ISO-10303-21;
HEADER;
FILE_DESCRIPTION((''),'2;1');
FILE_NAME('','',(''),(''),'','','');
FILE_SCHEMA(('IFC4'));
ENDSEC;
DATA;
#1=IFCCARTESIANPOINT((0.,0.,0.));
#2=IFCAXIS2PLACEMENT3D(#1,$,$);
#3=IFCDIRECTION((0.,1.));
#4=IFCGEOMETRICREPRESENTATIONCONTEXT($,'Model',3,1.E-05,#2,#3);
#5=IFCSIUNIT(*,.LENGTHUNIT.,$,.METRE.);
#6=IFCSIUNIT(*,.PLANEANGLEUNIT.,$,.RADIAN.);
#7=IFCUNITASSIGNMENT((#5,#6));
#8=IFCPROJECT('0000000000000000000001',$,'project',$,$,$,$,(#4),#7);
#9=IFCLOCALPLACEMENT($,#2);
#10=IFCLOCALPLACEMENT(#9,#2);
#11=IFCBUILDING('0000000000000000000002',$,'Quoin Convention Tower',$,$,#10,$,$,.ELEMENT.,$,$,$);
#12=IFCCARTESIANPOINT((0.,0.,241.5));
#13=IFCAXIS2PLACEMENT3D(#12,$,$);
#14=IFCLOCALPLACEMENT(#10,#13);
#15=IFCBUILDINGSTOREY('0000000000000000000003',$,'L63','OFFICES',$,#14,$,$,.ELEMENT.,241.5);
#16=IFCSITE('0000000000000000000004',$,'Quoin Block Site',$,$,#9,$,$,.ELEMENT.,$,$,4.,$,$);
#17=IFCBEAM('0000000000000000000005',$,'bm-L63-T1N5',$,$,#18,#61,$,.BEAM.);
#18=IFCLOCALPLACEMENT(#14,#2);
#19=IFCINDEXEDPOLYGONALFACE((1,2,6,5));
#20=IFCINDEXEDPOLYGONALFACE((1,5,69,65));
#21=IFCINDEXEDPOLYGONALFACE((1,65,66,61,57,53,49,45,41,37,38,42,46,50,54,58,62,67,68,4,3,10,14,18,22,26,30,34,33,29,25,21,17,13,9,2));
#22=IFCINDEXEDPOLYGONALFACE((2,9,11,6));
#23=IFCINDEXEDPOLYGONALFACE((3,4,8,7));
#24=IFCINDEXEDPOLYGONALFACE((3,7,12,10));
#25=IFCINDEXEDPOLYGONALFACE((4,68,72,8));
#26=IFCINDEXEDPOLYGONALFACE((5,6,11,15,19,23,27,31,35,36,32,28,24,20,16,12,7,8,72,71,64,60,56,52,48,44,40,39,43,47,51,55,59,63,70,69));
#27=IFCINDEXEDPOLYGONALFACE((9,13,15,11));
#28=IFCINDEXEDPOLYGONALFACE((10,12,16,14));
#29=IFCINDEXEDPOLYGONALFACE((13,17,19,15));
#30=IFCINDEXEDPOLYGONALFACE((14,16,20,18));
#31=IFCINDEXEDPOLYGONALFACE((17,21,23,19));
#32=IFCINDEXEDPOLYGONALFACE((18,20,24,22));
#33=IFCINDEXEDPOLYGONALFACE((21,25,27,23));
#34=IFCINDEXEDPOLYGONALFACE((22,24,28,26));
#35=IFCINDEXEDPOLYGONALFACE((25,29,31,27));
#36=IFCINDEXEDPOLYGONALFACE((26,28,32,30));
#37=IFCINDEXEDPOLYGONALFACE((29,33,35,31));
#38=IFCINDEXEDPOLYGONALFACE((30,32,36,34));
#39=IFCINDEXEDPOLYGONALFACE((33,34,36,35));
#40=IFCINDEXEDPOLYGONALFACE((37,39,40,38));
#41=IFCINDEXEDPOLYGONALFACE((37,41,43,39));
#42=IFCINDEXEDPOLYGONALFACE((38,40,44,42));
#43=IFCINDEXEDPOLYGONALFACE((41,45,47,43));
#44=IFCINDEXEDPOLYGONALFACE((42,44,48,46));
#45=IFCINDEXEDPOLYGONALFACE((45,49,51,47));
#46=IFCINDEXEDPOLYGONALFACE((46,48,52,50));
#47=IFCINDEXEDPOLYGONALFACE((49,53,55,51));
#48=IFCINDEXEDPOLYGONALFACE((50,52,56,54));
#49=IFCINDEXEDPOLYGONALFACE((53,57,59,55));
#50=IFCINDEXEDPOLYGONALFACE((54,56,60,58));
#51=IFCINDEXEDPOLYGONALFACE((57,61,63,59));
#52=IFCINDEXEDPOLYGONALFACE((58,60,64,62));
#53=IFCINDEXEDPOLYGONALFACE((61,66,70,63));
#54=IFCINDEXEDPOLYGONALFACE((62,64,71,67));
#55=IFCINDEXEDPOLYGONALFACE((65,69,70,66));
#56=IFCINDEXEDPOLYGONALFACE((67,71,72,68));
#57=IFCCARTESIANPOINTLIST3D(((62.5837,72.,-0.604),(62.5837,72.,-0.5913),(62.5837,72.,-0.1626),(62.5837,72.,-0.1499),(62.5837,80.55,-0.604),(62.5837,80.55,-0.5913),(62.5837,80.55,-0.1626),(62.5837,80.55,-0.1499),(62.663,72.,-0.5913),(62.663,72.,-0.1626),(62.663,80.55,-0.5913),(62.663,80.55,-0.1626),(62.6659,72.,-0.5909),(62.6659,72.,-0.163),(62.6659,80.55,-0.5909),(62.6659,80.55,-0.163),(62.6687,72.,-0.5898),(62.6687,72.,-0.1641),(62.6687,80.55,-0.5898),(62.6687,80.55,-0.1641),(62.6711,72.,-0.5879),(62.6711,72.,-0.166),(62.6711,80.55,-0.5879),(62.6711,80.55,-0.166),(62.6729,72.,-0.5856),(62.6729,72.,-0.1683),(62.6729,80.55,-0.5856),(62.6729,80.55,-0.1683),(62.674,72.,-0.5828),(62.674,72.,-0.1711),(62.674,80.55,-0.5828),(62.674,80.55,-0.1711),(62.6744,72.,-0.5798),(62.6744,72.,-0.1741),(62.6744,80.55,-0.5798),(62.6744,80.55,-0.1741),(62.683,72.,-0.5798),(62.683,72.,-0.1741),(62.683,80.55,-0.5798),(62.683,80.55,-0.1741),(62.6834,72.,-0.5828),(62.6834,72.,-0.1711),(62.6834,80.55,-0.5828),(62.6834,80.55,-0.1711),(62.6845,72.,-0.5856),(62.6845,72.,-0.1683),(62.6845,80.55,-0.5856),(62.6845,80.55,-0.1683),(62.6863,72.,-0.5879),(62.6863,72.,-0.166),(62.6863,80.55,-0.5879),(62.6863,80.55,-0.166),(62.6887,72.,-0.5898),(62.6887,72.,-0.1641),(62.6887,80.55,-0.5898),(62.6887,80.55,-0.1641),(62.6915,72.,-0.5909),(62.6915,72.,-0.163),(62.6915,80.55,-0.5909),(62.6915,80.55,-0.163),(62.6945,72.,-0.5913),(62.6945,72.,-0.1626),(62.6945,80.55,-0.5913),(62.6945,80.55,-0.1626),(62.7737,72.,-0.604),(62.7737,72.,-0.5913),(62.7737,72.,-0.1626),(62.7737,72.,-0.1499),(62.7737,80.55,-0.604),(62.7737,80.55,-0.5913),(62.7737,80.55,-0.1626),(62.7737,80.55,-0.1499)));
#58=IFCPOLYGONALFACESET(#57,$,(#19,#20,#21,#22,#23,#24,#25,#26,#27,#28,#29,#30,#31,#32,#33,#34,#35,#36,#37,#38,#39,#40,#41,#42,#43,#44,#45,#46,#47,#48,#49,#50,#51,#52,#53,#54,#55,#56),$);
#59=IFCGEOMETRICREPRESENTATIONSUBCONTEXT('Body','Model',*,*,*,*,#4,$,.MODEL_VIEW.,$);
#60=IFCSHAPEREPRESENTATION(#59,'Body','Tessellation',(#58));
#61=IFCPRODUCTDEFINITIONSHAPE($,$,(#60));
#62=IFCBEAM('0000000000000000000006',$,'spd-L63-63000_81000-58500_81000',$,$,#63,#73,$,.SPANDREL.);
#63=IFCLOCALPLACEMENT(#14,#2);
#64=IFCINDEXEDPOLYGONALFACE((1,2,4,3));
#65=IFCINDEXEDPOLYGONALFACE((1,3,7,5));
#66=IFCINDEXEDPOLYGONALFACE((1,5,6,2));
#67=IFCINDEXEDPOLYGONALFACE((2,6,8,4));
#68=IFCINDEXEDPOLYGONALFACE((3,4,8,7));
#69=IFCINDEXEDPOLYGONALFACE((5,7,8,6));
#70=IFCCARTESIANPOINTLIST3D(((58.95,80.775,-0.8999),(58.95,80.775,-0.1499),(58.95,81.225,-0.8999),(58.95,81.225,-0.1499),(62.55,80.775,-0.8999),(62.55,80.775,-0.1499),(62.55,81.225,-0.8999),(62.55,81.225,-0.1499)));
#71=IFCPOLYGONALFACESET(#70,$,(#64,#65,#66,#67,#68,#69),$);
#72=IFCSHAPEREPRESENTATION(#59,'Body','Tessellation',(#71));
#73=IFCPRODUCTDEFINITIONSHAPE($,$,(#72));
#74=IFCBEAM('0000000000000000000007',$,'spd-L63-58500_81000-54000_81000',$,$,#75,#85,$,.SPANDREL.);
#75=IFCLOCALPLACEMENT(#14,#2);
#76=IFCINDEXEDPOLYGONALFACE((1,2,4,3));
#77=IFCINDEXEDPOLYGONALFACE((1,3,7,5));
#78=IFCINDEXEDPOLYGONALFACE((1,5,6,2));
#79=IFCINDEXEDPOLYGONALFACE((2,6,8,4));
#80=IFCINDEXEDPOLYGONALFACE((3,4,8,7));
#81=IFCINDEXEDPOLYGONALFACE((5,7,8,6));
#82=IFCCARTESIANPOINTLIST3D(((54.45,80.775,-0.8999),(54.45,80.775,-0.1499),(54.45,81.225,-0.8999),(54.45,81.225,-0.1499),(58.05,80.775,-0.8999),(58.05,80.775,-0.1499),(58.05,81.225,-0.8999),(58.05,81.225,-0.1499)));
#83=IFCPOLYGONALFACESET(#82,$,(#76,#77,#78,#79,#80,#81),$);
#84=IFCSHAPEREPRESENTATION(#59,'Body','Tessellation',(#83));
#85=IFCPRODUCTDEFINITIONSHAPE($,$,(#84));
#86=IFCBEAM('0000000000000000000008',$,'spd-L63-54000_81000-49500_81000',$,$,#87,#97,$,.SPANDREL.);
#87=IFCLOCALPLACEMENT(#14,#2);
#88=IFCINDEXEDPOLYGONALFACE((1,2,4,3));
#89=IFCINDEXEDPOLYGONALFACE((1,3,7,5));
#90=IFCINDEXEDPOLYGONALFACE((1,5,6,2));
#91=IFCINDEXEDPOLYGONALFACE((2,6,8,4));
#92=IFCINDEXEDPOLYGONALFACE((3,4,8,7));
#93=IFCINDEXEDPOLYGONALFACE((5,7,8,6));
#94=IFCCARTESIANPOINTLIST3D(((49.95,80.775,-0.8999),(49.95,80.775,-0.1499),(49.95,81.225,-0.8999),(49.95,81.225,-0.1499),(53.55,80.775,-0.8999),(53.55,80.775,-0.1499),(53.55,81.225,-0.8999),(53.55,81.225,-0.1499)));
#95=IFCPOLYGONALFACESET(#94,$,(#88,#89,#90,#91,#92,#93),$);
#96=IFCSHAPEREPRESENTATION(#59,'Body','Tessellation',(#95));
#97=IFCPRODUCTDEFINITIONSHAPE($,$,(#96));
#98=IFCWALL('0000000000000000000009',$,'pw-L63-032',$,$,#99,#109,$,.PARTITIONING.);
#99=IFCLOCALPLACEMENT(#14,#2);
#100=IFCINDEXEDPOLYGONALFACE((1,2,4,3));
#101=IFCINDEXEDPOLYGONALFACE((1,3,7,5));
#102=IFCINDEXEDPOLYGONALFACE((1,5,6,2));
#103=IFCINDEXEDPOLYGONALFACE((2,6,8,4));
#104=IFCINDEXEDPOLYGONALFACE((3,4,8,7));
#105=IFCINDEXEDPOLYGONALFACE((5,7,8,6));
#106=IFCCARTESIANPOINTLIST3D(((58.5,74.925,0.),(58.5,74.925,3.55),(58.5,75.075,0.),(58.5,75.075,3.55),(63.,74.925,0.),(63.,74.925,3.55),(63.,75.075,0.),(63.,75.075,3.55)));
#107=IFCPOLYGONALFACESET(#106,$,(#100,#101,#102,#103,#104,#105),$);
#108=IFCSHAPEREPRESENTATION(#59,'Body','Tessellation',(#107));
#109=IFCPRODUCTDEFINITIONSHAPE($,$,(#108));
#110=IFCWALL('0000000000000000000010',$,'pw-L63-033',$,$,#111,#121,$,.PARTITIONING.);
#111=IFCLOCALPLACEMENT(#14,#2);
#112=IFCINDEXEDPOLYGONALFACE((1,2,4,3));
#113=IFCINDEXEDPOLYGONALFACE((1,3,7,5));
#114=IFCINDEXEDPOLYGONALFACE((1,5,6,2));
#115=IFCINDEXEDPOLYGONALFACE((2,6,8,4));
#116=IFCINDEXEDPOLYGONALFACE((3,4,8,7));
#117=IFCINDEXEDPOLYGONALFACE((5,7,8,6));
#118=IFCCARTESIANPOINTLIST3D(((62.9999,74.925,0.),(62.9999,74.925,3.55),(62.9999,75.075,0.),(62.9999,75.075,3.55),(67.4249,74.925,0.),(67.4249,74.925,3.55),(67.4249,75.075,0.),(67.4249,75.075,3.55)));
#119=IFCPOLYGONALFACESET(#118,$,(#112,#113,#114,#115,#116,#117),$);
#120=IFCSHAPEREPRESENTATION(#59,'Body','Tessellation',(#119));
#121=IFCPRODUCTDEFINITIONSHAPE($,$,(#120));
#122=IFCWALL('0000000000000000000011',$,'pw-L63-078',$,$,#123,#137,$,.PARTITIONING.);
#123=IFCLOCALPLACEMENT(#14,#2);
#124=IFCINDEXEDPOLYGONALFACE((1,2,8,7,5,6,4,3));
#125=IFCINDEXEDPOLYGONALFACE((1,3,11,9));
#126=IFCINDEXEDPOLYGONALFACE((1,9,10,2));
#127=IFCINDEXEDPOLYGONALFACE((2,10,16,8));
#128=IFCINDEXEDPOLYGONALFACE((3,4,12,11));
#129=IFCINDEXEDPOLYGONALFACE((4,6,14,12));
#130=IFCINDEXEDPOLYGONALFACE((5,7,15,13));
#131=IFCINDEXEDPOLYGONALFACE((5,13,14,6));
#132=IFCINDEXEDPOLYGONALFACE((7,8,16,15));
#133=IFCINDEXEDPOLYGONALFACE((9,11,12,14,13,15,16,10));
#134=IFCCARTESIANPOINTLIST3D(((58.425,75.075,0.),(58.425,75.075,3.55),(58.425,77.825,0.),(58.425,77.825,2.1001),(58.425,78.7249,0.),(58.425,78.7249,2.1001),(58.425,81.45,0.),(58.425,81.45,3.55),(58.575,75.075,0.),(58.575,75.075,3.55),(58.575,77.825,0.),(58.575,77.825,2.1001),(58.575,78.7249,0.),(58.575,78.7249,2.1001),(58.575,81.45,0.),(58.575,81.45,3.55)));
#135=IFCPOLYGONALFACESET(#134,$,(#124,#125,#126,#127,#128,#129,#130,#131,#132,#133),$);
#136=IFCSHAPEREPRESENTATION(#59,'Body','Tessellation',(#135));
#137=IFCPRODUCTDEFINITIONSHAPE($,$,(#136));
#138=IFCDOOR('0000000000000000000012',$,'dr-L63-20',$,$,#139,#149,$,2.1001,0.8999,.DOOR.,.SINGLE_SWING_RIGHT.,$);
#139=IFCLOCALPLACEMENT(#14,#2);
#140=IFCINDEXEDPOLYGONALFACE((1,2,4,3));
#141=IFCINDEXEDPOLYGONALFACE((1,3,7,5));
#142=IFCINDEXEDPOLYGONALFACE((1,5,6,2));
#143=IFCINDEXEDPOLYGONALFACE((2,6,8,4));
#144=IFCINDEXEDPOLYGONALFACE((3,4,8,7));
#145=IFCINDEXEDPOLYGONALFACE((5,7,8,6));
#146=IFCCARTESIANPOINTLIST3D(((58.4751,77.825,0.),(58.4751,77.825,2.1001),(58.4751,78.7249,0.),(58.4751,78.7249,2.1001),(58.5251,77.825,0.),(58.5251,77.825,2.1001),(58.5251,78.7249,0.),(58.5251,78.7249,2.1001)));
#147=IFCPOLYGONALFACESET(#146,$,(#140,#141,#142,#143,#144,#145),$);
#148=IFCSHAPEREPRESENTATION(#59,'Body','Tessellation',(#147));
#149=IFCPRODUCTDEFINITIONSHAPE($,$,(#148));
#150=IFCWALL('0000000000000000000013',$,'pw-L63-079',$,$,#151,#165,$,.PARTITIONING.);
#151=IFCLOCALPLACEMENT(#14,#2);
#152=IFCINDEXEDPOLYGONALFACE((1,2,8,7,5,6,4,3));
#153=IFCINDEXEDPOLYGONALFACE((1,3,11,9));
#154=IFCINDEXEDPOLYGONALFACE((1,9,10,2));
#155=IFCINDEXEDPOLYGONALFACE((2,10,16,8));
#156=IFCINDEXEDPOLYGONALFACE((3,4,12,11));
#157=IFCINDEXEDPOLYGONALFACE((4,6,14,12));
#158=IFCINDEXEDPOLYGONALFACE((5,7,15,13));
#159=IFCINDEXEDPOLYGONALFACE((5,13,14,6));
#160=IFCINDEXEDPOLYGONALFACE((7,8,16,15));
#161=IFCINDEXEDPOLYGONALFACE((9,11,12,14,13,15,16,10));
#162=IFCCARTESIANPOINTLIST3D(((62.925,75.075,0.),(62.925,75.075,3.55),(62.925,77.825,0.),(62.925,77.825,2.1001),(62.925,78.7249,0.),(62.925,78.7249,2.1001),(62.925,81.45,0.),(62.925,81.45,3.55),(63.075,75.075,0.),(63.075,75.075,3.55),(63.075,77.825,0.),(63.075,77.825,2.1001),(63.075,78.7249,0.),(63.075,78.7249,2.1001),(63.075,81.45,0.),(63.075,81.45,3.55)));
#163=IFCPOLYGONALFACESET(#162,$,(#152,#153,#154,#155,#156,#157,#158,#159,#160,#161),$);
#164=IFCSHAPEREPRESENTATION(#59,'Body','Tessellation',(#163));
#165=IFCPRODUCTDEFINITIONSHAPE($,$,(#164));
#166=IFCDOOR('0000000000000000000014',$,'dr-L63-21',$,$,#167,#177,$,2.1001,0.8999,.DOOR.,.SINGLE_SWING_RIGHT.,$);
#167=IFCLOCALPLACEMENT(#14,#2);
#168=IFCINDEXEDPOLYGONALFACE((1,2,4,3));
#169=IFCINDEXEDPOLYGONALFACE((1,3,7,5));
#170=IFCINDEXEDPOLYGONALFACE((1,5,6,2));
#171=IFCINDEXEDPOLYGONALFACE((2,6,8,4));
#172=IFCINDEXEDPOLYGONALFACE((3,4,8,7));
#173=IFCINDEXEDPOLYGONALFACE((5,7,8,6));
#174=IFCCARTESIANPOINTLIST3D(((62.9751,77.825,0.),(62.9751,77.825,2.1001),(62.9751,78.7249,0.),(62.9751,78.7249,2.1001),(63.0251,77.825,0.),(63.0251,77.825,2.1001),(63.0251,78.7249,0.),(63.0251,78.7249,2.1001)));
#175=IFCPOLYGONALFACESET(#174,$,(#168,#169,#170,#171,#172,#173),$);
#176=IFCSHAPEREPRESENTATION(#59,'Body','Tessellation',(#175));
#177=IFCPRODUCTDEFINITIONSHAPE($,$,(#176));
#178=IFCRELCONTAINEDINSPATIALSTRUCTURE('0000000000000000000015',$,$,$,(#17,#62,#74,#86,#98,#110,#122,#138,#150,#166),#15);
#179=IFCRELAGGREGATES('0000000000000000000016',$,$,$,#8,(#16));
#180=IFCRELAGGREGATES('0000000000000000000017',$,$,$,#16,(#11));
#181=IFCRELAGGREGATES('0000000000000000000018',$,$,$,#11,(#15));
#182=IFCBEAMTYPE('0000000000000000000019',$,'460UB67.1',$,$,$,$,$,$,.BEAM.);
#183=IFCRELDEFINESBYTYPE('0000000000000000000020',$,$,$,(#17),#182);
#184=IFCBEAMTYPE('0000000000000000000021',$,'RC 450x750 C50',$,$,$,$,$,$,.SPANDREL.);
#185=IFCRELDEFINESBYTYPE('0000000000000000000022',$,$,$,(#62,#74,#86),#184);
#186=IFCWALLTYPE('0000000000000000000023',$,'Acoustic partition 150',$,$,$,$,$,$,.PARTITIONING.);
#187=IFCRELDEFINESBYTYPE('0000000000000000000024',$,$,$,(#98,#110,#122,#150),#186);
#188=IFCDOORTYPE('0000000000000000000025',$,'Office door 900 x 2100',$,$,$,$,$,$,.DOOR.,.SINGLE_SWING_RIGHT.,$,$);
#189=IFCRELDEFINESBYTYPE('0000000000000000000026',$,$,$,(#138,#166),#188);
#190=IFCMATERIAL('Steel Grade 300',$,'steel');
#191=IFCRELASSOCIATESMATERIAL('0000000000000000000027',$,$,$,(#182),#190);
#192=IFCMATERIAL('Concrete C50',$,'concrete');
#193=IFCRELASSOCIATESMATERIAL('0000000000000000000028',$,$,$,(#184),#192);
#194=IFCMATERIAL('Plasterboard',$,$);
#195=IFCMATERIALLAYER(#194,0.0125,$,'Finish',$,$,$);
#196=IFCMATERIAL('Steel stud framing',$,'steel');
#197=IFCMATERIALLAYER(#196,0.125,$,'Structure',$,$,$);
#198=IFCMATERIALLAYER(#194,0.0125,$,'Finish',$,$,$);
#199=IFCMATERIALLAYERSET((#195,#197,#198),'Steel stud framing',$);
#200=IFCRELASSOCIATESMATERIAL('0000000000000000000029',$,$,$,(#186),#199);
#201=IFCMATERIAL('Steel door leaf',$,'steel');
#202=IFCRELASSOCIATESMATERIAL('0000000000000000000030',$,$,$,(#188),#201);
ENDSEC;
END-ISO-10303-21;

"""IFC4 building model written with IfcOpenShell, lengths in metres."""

from ifc_helpers import new_model, si_unit, direction, frame, frame_2d, origin, origin_2d, place, context, subcontext, project, spatial, rectangle, i_section, extrude, material, layer, layer_set, material_profile, profile_set, type_object, element, fill, save


model = new_model("IFC4")

# Units and contexts
model_context = context("Model", 3, precision=1e-05, world=origin(), true_north=direction((0.0, 1.0)))
body_context = subcontext(model_context, "Body", "Model", "MODEL_VIEW")
ifc_project = project(units=[si_unit("LENGTHUNIT", "METRE"), si_unit("PLANEANGLEUNIT", "RADIAN")], contexts=[model_context])

# Site, building, storey
site_placement = place(None, origin())
site = spatial("IfcSite", under=ifc_project, at=site_placement, Name="Quoin Block Site", CompositionType="ELEMENT", RefElevation=4.0)
building_placement = place(site_placement, origin())
building = spatial("IfcBuilding", under=site, at=building_placement, Name="Quoin Convention Tower", CompositionType="ELEMENT")
storey_placement = place(building_placement, frame((0.0, 0.0, 241.5)))
storey = spatial("IfcBuildingStorey", under=building, at=storey_placement, Name="L63", Description="OFFICES", CompositionType="ELEMENT", Elevation=241.5)

# Shared definitions
ifc_material_1 = material(Name="Concrete C50", Category="concrete")

# Beams
ifc_material_2 = material(Name="Steel Grade 300", Category="steel")
ifc_material_profile_1 = material_profile(ifc_material_2, i_section(OverallWidth=0.1899, OverallDepth=0.4541, WebThickness=0.0085, FlangeThickness=0.0127, FilletRadius=0.0115, at=origin_2d()), Name="460UB67.1")
ifc_profile_set_1 = profile_set([ifc_material_profile_1], Name="Steel Grade 300")
beam_type_1 = type_object("IfcBeamType", Name="460UB67.1", PredefinedType="BEAM", material=ifc_profile_set_1)
beam_placement = place(storey_placement, frame((62.6787, 72.0, -0.377), z_axis=(0.0, 1.0, 0.0), x_axis=(-1.0, 0.0, 0.0)))
element("IfcBeam", 1, at=beam_placement, inside=storey, type_object=beam_type_1, Name="bm-L63-T1N5", PredefinedType="BEAM", context=body_context, shape_type="SweptSolid", body=[
    extrude(i_section(OverallWidth=0.1899, OverallDepth=0.4541, WebThickness=0.0085, FlangeThickness=0.0127, FilletRadius=0.0115, at=origin_2d()), origin(), (0.0, 0.0, 1.0), 8.55),
])
ifc_material_profile_2 = material_profile(ifc_material_1, rectangle(XDim=0.45, YDim=0.75, at=origin_2d()), Name="RC 450x750")
ifc_profile_set_2 = profile_set([ifc_material_profile_2], Name="Concrete C50")
beam_type_2 = type_object("IfcBeamType", Name="RC 450x750 C50", PredefinedType="SPANDREL", material=ifc_profile_set_2)
for number, where, z_axis, x_axis, name in (
    (2, (62.55, 81.0, -0.5249), (-1.0, 0.0, 0.0), (0.0, -1.0, 0.0), "spd-L63-63000_81000-58500_81000"),
    (3, (58.05, 81.0, -0.5249), (-1.0, 0.0, 0.0), (0.0, -1.0, 0.0), "spd-L63-58500_81000-54000_81000"),
    (4, (53.55, 81.0, -0.5249), (-1.0, 0.0, 0.0), (0.0, -1.0, 0.0), "spd-L63-54000_81000-49500_81000"),
):
    element("IfcBeam", number, at=place(storey_placement, frame(where, z_axis=z_axis, x_axis=x_axis)), inside=storey, type_object=beam_type_2, Name=name, PredefinedType="SPANDREL", context=body_context, shape_type="SweptSolid", body=[
        extrude(rectangle(XDim=0.45, YDim=0.75, at=origin_2d()), origin(), (0.0, 0.0, 1.0), 3.6001),
    ])

# Walls
ifc_material_3 = material(Name="Plasterboard")
ifc_layer_1 = layer(ifc_material_3, 0.0125, Name="Finish")
ifc_material_4 = material(Name="Steel stud framing", Category="steel")
ifc_layer_2 = layer(ifc_material_4, 0.125, Name="Structure")
ifc_layer_3 = layer(ifc_material_3, 0.0125, Name="Finish")
ifc_layer_set_1 = layer_set([ifc_layer_1, ifc_layer_2, ifc_layer_3], Name="Steel stud framing")
wall_type_1 = type_object("IfcWallType", Name="Acoustic partition 150", PredefinedType="PARTITIONING", material=ifc_layer_set_1)
wall_1_placement = place(storey_placement, frame((58.5, 75.0, 0.0), z_axis=(0.0, 0.0, 1.0), x_axis=(1.0, 0.0, 0.0)))
element("IfcWall", 5, at=wall_1_placement, inside=storey, type_object=wall_type_1, Name="pw-L63-032", PredefinedType="PARTITIONING", context=body_context, shape_type="SweptSolid", body=[
    extrude(rectangle(XDim=4.5, YDim=0.1499, at=frame_2d((2.25, 0.0))), origin(), (0.0, 0.0, 1.0), 3.55),
])
wall_2_placement = place(storey_placement, frame((63.0, 75.0, 0.0), z_axis=(0.0, 0.0, 1.0), x_axis=(1.0, 0.0, 0.0)))
element("IfcWall", 6, at=wall_2_placement, inside=storey, type_object=wall_type_1, Name="pw-L63-033", PredefinedType="PARTITIONING", context=body_context, shape_type="SweptSolid", body=[
    extrude(rectangle(XDim=4.425, YDim=0.1499, at=frame_2d((2.2124, 0.0))), origin(), (0.0, 0.0, 1.0), 3.55),
])

# Walls, openings, doors
wall_3_placement = place(storey_placement, frame((58.5, 75.075, 0.0), z_axis=(0.0, 0.0, 1.0), x_axis=(0.0, 1.0, 0.0)))
wall_3 = element("IfcWall", 7, at=wall_3_placement, inside=storey, type_object=wall_type_1, Name="pw-L63-078", PredefinedType="PARTITIONING", context=body_context, shape_type="SweptSolid", body=[
    extrude(rectangle(XDim=6.375, YDim=0.1499, at=frame_2d((3.1875, 0.0))), origin(), (0.0, 0.0, 1.0), 3.55),
])
opening_1_placement = place(wall_3_placement, frame((2.75, 0.0, 0.0)))
opening_1 = element("IfcOpeningElement", 8, at=opening_1_placement, cuts=wall_3, PredefinedType="OPENING", context=body_context, shape_type="SweptSolid", body=[
    extrude(rectangle(XDim=0.8999, YDim=2.1001, at=frame_2d((0.45, 1.05))), frame((0.0, 0.085, 0.0), z_axis=(0.0, -1.0, 0.0), x_axis=(1.0, 0.0, 0.0)), (0.0, 0.0, 1.0), 0.1699),
])
ifc_material_5 = material(Name="Steel door leaf", Category="steel")
door_type = type_object("IfcDoorType", Name="Office door 900 x 2100", OperationType="SINGLE_SWING_RIGHT", PredefinedType="DOOR", material=ifc_material_5)
door_1_placement = place(opening_1_placement, origin())
door_1 = element("IfcDoor", 9, at=door_1_placement, inside=storey, type_object=door_type, Name="dr-L63-20", OperationType="SINGLE_SWING_RIGHT", OverallHeight=2.1001, OverallWidth=0.8999, PredefinedType="DOOR", context=body_context, shape_type="SweptSolid", body=[
    extrude(rectangle(XDim=0.8999, YDim=2.1001, at=frame_2d((0.45, 1.05))), frame((0.0, 0.0249, 0.0), z_axis=(0.0, -1.0, 0.0), x_axis=(1.0, 0.0, 0.0)), (0.0, 0.0, 1.0), 0.05),
])
fill(opening_1, door_1)
wall_4_placement = place(storey_placement, frame((63.0, 75.075, 0.0), z_axis=(0.0, 0.0, 1.0), x_axis=(0.0, 1.0, 0.0)))
wall_4 = element("IfcWall", 10, at=wall_4_placement, inside=storey, type_object=wall_type_1, Name="pw-L63-079", PredefinedType="PARTITIONING", context=body_context, shape_type="SweptSolid", body=[
    extrude(rectangle(XDim=6.375, YDim=0.1499, at=frame_2d((3.1875, 0.0))), origin(), (0.0, 0.0, 1.0), 3.55),
])
opening_2_placement = place(wall_4_placement, frame((2.75, 0.0, 0.0)))
opening_2 = element("IfcOpeningElement", 11, at=opening_2_placement, cuts=wall_4, PredefinedType="OPENING", context=body_context, shape_type="SweptSolid", body=[
    extrude(rectangle(XDim=0.8999, YDim=2.1001, at=frame_2d((0.45, 1.05))), frame((0.0, 0.085, 0.0), z_axis=(0.0, -1.0, 0.0), x_axis=(1.0, 0.0, 0.0)), (0.0, 0.0, 1.0), 0.1699),
])
door_2_placement = place(opening_2_placement, origin())
door_2 = element("IfcDoor", 12, at=door_2_placement, inside=storey, type_object=door_type, Name="dr-L63-21", OperationType="SINGLE_SWING_RIGHT", OverallHeight=2.1001, OverallWidth=0.8999, PredefinedType="DOOR", context=body_context, shape_type="SweptSolid", body=[
    extrude(rectangle(XDim=0.8999, YDim=2.1001, at=frame_2d((0.45, 1.05))), frame((0.0, 0.0249, 0.0), z_axis=(0.0, -1.0, 0.0), x_axis=(1.0, 0.0, 0.0)), (0.0, 0.0, 1.0), 0.05),
])
fill(opening_2, door_2)

save(model, "model.ifc")
